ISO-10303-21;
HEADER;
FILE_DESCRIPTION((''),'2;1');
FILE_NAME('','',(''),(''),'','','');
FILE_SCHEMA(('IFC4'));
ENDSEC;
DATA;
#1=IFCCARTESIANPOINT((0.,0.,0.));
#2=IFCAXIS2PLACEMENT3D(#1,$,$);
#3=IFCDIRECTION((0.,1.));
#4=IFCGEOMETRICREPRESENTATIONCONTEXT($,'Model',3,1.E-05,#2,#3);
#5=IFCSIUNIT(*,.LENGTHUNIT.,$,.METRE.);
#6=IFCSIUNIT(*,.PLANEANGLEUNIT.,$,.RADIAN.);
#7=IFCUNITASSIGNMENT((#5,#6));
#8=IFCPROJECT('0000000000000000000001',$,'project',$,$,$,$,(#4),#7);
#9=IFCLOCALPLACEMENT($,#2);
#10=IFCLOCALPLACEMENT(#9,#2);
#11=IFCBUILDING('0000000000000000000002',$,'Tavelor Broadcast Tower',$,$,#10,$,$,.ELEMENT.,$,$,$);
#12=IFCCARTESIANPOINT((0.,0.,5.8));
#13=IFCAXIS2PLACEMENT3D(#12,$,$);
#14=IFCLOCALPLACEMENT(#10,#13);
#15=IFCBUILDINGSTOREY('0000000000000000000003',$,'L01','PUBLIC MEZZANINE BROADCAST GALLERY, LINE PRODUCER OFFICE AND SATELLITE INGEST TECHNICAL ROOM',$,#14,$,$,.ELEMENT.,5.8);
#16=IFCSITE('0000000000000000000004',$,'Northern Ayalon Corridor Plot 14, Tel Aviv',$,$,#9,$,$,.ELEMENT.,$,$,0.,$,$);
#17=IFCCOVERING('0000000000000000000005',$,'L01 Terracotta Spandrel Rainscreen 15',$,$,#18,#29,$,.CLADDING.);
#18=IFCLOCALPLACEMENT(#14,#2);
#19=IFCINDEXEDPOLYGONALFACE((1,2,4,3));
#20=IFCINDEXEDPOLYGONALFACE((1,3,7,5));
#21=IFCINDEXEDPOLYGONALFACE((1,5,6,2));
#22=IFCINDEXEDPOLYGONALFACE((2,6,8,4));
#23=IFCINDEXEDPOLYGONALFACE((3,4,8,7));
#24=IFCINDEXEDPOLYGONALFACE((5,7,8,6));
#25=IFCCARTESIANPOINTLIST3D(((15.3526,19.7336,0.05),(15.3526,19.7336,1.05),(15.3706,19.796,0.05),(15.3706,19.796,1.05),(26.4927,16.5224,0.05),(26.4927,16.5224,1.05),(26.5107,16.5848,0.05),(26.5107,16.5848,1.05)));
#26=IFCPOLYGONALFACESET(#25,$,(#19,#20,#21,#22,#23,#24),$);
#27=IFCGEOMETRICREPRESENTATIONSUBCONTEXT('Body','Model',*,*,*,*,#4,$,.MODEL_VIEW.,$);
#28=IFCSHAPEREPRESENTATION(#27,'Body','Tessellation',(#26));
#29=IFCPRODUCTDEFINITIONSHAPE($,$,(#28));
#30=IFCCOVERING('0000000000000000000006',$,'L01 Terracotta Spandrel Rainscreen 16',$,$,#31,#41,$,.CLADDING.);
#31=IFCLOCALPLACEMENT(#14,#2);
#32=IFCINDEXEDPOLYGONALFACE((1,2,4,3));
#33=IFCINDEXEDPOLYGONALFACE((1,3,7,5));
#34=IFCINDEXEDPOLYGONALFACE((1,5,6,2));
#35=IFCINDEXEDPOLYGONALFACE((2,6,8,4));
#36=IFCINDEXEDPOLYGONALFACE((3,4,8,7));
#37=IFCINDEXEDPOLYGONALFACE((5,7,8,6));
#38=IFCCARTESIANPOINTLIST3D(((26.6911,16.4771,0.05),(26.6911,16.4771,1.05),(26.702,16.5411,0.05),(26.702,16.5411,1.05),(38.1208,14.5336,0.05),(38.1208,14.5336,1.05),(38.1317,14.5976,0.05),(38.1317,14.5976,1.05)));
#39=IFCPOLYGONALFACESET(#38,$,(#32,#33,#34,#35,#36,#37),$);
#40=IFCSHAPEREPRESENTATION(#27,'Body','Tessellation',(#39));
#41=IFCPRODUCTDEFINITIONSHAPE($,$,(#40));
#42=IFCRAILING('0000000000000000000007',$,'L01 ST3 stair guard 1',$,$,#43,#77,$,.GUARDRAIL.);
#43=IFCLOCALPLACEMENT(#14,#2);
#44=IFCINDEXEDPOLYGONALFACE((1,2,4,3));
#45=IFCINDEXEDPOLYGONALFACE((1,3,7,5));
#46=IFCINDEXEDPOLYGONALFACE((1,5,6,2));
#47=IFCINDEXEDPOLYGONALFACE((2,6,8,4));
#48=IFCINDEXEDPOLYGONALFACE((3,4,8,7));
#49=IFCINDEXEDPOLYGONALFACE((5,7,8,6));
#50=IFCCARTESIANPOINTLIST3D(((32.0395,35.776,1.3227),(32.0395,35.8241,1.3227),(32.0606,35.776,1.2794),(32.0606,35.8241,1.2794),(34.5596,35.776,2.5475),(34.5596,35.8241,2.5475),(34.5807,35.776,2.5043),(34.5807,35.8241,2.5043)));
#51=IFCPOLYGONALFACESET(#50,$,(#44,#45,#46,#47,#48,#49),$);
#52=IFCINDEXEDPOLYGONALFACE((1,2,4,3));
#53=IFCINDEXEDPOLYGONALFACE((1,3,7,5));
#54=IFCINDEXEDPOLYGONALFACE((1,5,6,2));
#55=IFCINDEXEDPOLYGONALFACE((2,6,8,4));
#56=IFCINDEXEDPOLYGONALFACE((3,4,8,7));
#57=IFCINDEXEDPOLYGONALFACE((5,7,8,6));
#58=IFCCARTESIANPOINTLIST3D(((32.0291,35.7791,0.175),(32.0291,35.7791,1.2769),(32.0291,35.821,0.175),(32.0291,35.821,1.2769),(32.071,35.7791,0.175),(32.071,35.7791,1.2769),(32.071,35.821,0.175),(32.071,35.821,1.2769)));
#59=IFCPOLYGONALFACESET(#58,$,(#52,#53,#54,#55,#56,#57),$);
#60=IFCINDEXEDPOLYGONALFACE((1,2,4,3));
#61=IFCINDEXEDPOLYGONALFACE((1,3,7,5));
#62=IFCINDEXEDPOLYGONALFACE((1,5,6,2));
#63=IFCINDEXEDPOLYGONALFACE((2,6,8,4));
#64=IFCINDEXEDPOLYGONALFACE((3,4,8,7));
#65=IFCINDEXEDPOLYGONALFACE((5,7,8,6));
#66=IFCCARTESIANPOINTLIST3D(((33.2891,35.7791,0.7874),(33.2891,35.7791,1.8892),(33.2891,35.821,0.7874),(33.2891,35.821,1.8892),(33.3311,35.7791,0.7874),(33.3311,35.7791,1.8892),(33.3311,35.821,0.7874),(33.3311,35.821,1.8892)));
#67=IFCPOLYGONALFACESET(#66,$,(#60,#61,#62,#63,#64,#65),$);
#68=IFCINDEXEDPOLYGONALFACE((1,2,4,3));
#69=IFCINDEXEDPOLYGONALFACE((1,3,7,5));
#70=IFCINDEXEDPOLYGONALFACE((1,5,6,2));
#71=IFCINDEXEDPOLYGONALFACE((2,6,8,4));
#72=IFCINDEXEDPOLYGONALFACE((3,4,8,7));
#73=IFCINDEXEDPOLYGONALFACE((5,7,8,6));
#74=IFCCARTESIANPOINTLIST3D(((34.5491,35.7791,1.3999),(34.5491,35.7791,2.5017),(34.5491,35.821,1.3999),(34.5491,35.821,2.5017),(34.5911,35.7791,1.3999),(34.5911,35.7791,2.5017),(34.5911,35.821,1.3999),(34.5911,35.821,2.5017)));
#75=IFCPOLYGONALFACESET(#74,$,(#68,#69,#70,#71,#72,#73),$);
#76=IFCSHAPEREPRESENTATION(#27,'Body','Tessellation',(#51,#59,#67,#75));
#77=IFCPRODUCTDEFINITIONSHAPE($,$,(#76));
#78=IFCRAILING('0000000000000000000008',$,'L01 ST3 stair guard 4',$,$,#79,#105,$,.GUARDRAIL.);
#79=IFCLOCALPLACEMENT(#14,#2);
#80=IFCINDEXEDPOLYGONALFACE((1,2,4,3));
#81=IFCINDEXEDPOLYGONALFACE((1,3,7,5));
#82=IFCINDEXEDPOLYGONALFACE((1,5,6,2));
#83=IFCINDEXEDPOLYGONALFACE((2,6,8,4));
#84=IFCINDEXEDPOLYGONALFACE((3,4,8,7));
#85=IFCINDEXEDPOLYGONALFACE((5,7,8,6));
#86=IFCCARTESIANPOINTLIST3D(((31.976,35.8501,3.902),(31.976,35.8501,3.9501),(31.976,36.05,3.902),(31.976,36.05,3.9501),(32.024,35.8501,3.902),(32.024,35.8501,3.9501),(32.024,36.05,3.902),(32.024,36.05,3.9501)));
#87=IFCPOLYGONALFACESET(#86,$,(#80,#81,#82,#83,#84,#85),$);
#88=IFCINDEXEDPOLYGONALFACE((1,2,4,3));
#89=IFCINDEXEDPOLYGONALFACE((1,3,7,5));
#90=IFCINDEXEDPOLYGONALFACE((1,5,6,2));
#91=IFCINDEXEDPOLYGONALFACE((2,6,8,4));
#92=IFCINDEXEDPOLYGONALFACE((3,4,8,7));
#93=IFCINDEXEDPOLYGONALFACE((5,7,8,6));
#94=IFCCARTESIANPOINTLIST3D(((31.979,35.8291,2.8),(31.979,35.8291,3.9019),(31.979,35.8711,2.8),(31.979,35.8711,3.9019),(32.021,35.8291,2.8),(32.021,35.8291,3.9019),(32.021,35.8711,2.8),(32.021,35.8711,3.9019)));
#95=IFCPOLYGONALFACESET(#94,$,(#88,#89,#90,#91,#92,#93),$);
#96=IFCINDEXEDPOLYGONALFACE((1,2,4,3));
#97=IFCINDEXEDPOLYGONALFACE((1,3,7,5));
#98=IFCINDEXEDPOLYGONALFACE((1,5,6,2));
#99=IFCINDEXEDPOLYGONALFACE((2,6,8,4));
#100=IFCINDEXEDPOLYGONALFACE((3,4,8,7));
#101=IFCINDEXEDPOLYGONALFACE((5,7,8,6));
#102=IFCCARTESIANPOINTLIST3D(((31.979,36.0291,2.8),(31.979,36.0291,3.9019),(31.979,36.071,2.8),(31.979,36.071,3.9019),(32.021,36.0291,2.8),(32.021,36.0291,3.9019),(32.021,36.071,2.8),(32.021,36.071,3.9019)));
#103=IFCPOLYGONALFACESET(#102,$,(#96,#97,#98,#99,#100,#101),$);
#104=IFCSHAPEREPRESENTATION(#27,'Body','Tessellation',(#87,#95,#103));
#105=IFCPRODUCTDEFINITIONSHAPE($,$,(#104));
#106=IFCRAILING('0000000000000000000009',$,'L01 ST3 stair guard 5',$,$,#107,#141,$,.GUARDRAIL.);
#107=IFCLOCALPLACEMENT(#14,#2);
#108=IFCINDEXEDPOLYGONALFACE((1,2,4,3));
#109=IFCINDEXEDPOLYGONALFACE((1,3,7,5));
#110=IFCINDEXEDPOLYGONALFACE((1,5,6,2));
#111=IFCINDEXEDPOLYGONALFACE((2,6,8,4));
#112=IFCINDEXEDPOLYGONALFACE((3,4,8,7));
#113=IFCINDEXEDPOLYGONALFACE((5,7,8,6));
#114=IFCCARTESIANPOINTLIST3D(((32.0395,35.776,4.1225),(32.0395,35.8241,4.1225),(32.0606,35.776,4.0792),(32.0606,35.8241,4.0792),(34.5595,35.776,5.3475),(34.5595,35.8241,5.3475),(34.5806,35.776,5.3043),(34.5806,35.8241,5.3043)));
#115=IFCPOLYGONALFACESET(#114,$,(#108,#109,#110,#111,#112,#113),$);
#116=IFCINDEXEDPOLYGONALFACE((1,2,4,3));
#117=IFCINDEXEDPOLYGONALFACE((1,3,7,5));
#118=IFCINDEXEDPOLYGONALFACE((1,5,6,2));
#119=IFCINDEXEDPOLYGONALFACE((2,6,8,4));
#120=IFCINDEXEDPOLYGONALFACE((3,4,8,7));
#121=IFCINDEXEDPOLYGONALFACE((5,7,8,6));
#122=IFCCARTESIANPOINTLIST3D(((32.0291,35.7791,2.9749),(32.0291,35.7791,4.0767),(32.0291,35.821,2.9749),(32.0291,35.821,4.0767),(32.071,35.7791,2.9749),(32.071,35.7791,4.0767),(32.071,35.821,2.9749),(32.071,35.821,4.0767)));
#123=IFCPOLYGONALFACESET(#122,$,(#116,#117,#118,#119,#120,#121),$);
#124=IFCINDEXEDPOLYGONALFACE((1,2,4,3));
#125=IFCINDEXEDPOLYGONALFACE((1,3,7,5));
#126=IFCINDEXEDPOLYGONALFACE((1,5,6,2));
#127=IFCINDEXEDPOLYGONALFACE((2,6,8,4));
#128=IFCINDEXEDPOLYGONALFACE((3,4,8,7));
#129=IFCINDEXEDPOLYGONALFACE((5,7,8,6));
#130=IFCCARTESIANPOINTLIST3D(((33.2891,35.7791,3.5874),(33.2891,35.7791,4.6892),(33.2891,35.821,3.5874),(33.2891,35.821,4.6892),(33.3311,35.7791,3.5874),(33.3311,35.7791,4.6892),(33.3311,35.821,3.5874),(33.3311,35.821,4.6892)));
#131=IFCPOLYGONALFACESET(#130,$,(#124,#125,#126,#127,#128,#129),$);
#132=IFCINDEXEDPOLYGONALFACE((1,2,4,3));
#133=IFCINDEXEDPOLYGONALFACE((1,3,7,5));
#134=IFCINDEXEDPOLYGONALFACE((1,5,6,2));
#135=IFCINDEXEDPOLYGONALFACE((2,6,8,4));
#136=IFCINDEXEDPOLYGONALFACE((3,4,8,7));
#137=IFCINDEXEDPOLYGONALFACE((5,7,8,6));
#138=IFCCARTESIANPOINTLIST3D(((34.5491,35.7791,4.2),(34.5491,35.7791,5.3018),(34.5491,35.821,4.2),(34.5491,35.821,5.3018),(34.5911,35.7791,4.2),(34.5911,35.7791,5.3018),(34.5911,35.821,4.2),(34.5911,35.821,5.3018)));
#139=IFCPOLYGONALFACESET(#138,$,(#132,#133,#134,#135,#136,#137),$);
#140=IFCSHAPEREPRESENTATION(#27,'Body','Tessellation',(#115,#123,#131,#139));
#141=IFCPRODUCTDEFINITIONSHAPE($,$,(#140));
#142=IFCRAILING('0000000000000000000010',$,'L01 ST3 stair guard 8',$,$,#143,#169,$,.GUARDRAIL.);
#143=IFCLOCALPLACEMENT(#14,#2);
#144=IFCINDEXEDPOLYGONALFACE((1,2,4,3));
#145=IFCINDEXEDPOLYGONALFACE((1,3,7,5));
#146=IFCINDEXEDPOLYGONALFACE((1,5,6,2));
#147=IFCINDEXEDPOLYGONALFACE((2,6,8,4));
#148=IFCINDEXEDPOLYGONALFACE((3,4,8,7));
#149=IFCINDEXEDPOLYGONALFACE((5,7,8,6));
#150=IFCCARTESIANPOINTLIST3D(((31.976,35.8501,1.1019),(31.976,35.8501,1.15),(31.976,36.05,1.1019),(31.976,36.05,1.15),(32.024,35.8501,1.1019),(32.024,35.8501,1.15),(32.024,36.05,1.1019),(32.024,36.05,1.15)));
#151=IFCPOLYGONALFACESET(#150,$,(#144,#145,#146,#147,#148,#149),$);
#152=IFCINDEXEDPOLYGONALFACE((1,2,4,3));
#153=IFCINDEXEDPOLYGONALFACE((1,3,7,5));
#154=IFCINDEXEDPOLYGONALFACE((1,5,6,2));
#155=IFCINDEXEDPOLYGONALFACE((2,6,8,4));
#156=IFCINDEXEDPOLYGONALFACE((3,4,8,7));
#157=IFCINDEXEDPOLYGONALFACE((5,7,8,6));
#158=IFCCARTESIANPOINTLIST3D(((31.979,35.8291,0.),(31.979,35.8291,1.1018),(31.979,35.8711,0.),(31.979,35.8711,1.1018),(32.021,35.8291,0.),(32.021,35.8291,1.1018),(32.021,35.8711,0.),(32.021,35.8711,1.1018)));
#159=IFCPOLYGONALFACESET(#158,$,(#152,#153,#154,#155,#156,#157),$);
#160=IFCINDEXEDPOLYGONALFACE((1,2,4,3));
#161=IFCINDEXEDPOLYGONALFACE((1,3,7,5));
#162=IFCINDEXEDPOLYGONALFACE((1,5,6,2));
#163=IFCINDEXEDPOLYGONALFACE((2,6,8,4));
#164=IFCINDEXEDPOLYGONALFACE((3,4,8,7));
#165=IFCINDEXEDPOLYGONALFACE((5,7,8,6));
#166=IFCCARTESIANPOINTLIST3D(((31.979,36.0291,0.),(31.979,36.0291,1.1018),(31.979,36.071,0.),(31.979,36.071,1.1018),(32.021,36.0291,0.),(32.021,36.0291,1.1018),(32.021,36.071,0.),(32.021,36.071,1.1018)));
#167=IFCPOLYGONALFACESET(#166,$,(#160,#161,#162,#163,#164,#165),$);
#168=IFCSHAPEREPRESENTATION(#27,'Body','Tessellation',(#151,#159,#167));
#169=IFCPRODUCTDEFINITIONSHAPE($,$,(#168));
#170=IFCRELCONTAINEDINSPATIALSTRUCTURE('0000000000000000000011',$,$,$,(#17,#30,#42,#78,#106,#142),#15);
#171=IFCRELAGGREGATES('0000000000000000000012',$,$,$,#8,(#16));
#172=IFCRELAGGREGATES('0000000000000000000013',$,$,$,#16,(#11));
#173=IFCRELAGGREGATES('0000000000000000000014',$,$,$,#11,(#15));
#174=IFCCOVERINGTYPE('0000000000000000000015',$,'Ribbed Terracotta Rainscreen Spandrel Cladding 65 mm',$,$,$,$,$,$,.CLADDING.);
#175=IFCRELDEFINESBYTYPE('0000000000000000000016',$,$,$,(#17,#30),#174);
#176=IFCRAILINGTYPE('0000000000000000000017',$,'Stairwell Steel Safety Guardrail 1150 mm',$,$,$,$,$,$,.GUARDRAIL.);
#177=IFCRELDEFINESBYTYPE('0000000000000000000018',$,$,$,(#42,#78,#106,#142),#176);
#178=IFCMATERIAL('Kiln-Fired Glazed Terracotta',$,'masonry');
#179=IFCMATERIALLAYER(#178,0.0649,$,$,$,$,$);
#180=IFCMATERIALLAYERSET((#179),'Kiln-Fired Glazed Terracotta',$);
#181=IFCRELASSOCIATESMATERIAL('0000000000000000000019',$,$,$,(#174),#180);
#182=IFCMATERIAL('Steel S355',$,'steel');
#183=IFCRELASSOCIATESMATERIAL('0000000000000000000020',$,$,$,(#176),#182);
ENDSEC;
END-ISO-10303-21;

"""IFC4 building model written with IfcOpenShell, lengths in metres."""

from ifc_helpers import new_model, si_unit, direction, frame, origin, origin_2d, place, context, subcontext, project, spatial, rectangle, extrude, material, layer, layer_set, type_object, element, save


model = new_model("IFC4")

# Units and contexts
model_context = context("Model", 3, precision=1e-05, world=origin(), true_north=direction((0.0, 1.0)))
body_context = subcontext(model_context, "Body", "Model", "MODEL_VIEW")
ifc_project = project(units=[si_unit("LENGTHUNIT", "METRE"), si_unit("PLANEANGLEUNIT", "RADIAN")], contexts=[model_context])

# Site, building, storey
site_placement = place(None, origin())
site = spatial("IfcSite", under=ifc_project, at=site_placement, Name="Northern Ayalon Corridor Plot 14, Tel Aviv", CompositionType="ELEMENT", RefElevation=0.0)
building_placement = place(site_placement, origin())
building = spatial("IfcBuilding", under=site, at=building_placement, Name="Tavelor Broadcast Tower", CompositionType="ELEMENT")
storey_placement = place(building_placement, frame((0.0, 0.0, 5.8)))
storey = spatial("IfcBuildingStorey", under=building, at=storey_placement, Name="L01", Description="PUBLIC MEZZANINE BROADCAST GALLERY, LINE PRODUCER OFFICE AND SATELLITE INGEST TECHNICAL ROOM", CompositionType="ELEMENT", Elevation=5.8)

# Shared definitions
ifc_material_1 = material(Name="Steel S355", Category="steel")

# Coverings
ifc_material_2 = material(Name="Kiln-Fired Glazed Terracotta", Category="masonry")
ifc_layer_1 = layer(ifc_material_2, 0.0649)
ifc_layer_set_1 = layer_set([ifc_layer_1], Name="Kiln-Fired Glazed Terracotta")
covering_type = type_object("IfcCoveringType", Name="Ribbed Terracotta Rainscreen Spandrel Cladding 65 mm", PredefinedType="CLADDING", material=ifc_layer_set_1)
for number, where, z_axis, x_axis, name in (
    (1, (20.9316, 18.1592, 0.05), (0.0, 0.0, 1.0), (0.960876, -0.276979, 0.0), "L01 Terracotta Spandrel Rainscreen 15"),
    (2, (32.4114, 15.5374, 0.05), (0.0, 0.0, 1.0), (0.98585, -0.167629, 0.0), "L01 Terracotta Spandrel Rainscreen 16"),
):
    element("IfcCovering", number, at=place(storey_placement, frame(where, z_axis=z_axis, x_axis=x_axis)), inside=storey, type_object=covering_type, Name=name, PredefinedType="CLADDING", context=body_context, shape_type="SweptSolid", body=[
        extrude(rectangle(XDim=11.5938, YDim=0.0649, at=origin_2d()), origin(), (0.0, 0.0, 1.0), 1.0),
    ])

# Railings
railing_type_1 = type_object("IfcRailingType", Name="Stairwell Steel Safety Guardrail 1150 mm", PredefinedType="GUARDRAIL", material=ifc_material_1)
railing_1_placement = place(storey_placement, frame((32.05, 35.8, 0.175)))
element("IfcRailing", 3, at=railing_1_placement, inside=storey, type_object=railing_type_1, Name="L01 ST3 stair guard 1", PredefinedType="GUARDRAIL", context=body_context, shape_type="SweptSolid", body=[
    extrude(rectangle(XDim=0.0481, YDim=0.0481, at=origin_2d()), frame((0.0, 0.0, 1.126), z_axis=(0.89939, 0.0, 0.437148), x_axis=(0.0, 1.0, 0.0)), (0.0, 0.0, 1.0), 2.802),
    extrude(rectangle(XDim=0.042, YDim=0.042, at=origin_2d()), origin(), (0.0, 0.0, 1.0), 1.1018),
    extrude(rectangle(XDim=0.042, YDim=0.042, at=origin_2d()), frame((1.26, 0.0, 0.6123)), (0.0, 0.0, 1.0), 1.1018),
    extrude(rectangle(XDim=0.042, YDim=0.042, at=origin_2d()), frame((2.52, 0.0, 1.2249)), (0.0, 0.0, 1.0), 1.1018),
])
railing_2_placement = place(storey_placement, frame((32.0, 35.8501, 2.8)))
element("IfcRailing", 4, at=railing_2_placement, inside=storey, type_object=railing_type_1, Name="L01 ST3 stair guard 4", PredefinedType="GUARDRAIL", context=body_context, shape_type="SweptSolid", body=[
    extrude(rectangle(XDim=0.0481, YDim=0.0481, at=origin_2d()), frame((0.0, 0.0, 1.126), z_axis=(0.0, 1.0, 0.0), x_axis=(-1.0, 0.0, 0.0)), (0.0, 0.0, 1.0), 0.2),
    extrude(rectangle(XDim=0.042, YDim=0.042, at=origin_2d()), origin(), (0.0, 0.0, 1.0), 1.1018),
    extrude(rectangle(XDim=0.042, YDim=0.042, at=origin_2d()), frame((0.0, 0.2, 0.0)), (0.0, 0.0, 1.0), 1.1018),
])
railing_3_placement = place(storey_placement, frame((32.05, 35.8, 2.9749)))
element("IfcRailing", 5, at=railing_3_placement, inside=storey, type_object=railing_type_1, Name="L01 ST3 stair guard 5", PredefinedType="GUARDRAIL", context=body_context, shape_type="SweptSolid", body=[
    extrude(rectangle(XDim=0.0481, YDim=0.0481, at=origin_2d()), frame((0.0, 0.0, 1.126), z_axis=(0.899355, 0.0, 0.437218), x_axis=(0.0, 1.0, 0.0)), (0.0, 0.0, 1.0), 2.802),
    extrude(rectangle(XDim=0.042, YDim=0.042, at=origin_2d()), origin(), (0.0, 0.0, 1.0), 1.1018),
    extrude(rectangle(XDim=0.042, YDim=0.042, at=origin_2d()), frame((1.26, 0.0, 0.6125)), (0.0, 0.0, 1.0), 1.1018),
    extrude(rectangle(XDim=0.042, YDim=0.042, at=origin_2d()), frame((2.52, 0.0, 1.2251)), (0.0, 0.0, 1.0), 1.1018),
])
railing_4_placement = place(storey_placement, frame((32.0, 35.8501, 0.0)))
element("IfcRailing", 6, at=railing_4_placement, inside=storey, type_object=railing_type_1, Name="L01 ST3 stair guard 8", PredefinedType="GUARDRAIL", context=body_context, shape_type="SweptSolid", body=[
    extrude(rectangle(XDim=0.0481, YDim=0.0481, at=origin_2d()), frame((0.0, 0.0, 1.126), z_axis=(0.0, 1.0, 0.0), x_axis=(-1.0, 0.0, 0.0)), (0.0, 0.0, 1.0), 0.2),
    extrude(rectangle(XDim=0.042, YDim=0.042, at=origin_2d()), origin(), (0.0, 0.0, 1.0), 1.1018),
    extrude(rectangle(XDim=0.042, YDim=0.042, at=origin_2d()), frame((0.0, 0.2, 0.0)), (0.0, 0.0, 1.0), 1.1018),
])

save(model, "model.ifc")
